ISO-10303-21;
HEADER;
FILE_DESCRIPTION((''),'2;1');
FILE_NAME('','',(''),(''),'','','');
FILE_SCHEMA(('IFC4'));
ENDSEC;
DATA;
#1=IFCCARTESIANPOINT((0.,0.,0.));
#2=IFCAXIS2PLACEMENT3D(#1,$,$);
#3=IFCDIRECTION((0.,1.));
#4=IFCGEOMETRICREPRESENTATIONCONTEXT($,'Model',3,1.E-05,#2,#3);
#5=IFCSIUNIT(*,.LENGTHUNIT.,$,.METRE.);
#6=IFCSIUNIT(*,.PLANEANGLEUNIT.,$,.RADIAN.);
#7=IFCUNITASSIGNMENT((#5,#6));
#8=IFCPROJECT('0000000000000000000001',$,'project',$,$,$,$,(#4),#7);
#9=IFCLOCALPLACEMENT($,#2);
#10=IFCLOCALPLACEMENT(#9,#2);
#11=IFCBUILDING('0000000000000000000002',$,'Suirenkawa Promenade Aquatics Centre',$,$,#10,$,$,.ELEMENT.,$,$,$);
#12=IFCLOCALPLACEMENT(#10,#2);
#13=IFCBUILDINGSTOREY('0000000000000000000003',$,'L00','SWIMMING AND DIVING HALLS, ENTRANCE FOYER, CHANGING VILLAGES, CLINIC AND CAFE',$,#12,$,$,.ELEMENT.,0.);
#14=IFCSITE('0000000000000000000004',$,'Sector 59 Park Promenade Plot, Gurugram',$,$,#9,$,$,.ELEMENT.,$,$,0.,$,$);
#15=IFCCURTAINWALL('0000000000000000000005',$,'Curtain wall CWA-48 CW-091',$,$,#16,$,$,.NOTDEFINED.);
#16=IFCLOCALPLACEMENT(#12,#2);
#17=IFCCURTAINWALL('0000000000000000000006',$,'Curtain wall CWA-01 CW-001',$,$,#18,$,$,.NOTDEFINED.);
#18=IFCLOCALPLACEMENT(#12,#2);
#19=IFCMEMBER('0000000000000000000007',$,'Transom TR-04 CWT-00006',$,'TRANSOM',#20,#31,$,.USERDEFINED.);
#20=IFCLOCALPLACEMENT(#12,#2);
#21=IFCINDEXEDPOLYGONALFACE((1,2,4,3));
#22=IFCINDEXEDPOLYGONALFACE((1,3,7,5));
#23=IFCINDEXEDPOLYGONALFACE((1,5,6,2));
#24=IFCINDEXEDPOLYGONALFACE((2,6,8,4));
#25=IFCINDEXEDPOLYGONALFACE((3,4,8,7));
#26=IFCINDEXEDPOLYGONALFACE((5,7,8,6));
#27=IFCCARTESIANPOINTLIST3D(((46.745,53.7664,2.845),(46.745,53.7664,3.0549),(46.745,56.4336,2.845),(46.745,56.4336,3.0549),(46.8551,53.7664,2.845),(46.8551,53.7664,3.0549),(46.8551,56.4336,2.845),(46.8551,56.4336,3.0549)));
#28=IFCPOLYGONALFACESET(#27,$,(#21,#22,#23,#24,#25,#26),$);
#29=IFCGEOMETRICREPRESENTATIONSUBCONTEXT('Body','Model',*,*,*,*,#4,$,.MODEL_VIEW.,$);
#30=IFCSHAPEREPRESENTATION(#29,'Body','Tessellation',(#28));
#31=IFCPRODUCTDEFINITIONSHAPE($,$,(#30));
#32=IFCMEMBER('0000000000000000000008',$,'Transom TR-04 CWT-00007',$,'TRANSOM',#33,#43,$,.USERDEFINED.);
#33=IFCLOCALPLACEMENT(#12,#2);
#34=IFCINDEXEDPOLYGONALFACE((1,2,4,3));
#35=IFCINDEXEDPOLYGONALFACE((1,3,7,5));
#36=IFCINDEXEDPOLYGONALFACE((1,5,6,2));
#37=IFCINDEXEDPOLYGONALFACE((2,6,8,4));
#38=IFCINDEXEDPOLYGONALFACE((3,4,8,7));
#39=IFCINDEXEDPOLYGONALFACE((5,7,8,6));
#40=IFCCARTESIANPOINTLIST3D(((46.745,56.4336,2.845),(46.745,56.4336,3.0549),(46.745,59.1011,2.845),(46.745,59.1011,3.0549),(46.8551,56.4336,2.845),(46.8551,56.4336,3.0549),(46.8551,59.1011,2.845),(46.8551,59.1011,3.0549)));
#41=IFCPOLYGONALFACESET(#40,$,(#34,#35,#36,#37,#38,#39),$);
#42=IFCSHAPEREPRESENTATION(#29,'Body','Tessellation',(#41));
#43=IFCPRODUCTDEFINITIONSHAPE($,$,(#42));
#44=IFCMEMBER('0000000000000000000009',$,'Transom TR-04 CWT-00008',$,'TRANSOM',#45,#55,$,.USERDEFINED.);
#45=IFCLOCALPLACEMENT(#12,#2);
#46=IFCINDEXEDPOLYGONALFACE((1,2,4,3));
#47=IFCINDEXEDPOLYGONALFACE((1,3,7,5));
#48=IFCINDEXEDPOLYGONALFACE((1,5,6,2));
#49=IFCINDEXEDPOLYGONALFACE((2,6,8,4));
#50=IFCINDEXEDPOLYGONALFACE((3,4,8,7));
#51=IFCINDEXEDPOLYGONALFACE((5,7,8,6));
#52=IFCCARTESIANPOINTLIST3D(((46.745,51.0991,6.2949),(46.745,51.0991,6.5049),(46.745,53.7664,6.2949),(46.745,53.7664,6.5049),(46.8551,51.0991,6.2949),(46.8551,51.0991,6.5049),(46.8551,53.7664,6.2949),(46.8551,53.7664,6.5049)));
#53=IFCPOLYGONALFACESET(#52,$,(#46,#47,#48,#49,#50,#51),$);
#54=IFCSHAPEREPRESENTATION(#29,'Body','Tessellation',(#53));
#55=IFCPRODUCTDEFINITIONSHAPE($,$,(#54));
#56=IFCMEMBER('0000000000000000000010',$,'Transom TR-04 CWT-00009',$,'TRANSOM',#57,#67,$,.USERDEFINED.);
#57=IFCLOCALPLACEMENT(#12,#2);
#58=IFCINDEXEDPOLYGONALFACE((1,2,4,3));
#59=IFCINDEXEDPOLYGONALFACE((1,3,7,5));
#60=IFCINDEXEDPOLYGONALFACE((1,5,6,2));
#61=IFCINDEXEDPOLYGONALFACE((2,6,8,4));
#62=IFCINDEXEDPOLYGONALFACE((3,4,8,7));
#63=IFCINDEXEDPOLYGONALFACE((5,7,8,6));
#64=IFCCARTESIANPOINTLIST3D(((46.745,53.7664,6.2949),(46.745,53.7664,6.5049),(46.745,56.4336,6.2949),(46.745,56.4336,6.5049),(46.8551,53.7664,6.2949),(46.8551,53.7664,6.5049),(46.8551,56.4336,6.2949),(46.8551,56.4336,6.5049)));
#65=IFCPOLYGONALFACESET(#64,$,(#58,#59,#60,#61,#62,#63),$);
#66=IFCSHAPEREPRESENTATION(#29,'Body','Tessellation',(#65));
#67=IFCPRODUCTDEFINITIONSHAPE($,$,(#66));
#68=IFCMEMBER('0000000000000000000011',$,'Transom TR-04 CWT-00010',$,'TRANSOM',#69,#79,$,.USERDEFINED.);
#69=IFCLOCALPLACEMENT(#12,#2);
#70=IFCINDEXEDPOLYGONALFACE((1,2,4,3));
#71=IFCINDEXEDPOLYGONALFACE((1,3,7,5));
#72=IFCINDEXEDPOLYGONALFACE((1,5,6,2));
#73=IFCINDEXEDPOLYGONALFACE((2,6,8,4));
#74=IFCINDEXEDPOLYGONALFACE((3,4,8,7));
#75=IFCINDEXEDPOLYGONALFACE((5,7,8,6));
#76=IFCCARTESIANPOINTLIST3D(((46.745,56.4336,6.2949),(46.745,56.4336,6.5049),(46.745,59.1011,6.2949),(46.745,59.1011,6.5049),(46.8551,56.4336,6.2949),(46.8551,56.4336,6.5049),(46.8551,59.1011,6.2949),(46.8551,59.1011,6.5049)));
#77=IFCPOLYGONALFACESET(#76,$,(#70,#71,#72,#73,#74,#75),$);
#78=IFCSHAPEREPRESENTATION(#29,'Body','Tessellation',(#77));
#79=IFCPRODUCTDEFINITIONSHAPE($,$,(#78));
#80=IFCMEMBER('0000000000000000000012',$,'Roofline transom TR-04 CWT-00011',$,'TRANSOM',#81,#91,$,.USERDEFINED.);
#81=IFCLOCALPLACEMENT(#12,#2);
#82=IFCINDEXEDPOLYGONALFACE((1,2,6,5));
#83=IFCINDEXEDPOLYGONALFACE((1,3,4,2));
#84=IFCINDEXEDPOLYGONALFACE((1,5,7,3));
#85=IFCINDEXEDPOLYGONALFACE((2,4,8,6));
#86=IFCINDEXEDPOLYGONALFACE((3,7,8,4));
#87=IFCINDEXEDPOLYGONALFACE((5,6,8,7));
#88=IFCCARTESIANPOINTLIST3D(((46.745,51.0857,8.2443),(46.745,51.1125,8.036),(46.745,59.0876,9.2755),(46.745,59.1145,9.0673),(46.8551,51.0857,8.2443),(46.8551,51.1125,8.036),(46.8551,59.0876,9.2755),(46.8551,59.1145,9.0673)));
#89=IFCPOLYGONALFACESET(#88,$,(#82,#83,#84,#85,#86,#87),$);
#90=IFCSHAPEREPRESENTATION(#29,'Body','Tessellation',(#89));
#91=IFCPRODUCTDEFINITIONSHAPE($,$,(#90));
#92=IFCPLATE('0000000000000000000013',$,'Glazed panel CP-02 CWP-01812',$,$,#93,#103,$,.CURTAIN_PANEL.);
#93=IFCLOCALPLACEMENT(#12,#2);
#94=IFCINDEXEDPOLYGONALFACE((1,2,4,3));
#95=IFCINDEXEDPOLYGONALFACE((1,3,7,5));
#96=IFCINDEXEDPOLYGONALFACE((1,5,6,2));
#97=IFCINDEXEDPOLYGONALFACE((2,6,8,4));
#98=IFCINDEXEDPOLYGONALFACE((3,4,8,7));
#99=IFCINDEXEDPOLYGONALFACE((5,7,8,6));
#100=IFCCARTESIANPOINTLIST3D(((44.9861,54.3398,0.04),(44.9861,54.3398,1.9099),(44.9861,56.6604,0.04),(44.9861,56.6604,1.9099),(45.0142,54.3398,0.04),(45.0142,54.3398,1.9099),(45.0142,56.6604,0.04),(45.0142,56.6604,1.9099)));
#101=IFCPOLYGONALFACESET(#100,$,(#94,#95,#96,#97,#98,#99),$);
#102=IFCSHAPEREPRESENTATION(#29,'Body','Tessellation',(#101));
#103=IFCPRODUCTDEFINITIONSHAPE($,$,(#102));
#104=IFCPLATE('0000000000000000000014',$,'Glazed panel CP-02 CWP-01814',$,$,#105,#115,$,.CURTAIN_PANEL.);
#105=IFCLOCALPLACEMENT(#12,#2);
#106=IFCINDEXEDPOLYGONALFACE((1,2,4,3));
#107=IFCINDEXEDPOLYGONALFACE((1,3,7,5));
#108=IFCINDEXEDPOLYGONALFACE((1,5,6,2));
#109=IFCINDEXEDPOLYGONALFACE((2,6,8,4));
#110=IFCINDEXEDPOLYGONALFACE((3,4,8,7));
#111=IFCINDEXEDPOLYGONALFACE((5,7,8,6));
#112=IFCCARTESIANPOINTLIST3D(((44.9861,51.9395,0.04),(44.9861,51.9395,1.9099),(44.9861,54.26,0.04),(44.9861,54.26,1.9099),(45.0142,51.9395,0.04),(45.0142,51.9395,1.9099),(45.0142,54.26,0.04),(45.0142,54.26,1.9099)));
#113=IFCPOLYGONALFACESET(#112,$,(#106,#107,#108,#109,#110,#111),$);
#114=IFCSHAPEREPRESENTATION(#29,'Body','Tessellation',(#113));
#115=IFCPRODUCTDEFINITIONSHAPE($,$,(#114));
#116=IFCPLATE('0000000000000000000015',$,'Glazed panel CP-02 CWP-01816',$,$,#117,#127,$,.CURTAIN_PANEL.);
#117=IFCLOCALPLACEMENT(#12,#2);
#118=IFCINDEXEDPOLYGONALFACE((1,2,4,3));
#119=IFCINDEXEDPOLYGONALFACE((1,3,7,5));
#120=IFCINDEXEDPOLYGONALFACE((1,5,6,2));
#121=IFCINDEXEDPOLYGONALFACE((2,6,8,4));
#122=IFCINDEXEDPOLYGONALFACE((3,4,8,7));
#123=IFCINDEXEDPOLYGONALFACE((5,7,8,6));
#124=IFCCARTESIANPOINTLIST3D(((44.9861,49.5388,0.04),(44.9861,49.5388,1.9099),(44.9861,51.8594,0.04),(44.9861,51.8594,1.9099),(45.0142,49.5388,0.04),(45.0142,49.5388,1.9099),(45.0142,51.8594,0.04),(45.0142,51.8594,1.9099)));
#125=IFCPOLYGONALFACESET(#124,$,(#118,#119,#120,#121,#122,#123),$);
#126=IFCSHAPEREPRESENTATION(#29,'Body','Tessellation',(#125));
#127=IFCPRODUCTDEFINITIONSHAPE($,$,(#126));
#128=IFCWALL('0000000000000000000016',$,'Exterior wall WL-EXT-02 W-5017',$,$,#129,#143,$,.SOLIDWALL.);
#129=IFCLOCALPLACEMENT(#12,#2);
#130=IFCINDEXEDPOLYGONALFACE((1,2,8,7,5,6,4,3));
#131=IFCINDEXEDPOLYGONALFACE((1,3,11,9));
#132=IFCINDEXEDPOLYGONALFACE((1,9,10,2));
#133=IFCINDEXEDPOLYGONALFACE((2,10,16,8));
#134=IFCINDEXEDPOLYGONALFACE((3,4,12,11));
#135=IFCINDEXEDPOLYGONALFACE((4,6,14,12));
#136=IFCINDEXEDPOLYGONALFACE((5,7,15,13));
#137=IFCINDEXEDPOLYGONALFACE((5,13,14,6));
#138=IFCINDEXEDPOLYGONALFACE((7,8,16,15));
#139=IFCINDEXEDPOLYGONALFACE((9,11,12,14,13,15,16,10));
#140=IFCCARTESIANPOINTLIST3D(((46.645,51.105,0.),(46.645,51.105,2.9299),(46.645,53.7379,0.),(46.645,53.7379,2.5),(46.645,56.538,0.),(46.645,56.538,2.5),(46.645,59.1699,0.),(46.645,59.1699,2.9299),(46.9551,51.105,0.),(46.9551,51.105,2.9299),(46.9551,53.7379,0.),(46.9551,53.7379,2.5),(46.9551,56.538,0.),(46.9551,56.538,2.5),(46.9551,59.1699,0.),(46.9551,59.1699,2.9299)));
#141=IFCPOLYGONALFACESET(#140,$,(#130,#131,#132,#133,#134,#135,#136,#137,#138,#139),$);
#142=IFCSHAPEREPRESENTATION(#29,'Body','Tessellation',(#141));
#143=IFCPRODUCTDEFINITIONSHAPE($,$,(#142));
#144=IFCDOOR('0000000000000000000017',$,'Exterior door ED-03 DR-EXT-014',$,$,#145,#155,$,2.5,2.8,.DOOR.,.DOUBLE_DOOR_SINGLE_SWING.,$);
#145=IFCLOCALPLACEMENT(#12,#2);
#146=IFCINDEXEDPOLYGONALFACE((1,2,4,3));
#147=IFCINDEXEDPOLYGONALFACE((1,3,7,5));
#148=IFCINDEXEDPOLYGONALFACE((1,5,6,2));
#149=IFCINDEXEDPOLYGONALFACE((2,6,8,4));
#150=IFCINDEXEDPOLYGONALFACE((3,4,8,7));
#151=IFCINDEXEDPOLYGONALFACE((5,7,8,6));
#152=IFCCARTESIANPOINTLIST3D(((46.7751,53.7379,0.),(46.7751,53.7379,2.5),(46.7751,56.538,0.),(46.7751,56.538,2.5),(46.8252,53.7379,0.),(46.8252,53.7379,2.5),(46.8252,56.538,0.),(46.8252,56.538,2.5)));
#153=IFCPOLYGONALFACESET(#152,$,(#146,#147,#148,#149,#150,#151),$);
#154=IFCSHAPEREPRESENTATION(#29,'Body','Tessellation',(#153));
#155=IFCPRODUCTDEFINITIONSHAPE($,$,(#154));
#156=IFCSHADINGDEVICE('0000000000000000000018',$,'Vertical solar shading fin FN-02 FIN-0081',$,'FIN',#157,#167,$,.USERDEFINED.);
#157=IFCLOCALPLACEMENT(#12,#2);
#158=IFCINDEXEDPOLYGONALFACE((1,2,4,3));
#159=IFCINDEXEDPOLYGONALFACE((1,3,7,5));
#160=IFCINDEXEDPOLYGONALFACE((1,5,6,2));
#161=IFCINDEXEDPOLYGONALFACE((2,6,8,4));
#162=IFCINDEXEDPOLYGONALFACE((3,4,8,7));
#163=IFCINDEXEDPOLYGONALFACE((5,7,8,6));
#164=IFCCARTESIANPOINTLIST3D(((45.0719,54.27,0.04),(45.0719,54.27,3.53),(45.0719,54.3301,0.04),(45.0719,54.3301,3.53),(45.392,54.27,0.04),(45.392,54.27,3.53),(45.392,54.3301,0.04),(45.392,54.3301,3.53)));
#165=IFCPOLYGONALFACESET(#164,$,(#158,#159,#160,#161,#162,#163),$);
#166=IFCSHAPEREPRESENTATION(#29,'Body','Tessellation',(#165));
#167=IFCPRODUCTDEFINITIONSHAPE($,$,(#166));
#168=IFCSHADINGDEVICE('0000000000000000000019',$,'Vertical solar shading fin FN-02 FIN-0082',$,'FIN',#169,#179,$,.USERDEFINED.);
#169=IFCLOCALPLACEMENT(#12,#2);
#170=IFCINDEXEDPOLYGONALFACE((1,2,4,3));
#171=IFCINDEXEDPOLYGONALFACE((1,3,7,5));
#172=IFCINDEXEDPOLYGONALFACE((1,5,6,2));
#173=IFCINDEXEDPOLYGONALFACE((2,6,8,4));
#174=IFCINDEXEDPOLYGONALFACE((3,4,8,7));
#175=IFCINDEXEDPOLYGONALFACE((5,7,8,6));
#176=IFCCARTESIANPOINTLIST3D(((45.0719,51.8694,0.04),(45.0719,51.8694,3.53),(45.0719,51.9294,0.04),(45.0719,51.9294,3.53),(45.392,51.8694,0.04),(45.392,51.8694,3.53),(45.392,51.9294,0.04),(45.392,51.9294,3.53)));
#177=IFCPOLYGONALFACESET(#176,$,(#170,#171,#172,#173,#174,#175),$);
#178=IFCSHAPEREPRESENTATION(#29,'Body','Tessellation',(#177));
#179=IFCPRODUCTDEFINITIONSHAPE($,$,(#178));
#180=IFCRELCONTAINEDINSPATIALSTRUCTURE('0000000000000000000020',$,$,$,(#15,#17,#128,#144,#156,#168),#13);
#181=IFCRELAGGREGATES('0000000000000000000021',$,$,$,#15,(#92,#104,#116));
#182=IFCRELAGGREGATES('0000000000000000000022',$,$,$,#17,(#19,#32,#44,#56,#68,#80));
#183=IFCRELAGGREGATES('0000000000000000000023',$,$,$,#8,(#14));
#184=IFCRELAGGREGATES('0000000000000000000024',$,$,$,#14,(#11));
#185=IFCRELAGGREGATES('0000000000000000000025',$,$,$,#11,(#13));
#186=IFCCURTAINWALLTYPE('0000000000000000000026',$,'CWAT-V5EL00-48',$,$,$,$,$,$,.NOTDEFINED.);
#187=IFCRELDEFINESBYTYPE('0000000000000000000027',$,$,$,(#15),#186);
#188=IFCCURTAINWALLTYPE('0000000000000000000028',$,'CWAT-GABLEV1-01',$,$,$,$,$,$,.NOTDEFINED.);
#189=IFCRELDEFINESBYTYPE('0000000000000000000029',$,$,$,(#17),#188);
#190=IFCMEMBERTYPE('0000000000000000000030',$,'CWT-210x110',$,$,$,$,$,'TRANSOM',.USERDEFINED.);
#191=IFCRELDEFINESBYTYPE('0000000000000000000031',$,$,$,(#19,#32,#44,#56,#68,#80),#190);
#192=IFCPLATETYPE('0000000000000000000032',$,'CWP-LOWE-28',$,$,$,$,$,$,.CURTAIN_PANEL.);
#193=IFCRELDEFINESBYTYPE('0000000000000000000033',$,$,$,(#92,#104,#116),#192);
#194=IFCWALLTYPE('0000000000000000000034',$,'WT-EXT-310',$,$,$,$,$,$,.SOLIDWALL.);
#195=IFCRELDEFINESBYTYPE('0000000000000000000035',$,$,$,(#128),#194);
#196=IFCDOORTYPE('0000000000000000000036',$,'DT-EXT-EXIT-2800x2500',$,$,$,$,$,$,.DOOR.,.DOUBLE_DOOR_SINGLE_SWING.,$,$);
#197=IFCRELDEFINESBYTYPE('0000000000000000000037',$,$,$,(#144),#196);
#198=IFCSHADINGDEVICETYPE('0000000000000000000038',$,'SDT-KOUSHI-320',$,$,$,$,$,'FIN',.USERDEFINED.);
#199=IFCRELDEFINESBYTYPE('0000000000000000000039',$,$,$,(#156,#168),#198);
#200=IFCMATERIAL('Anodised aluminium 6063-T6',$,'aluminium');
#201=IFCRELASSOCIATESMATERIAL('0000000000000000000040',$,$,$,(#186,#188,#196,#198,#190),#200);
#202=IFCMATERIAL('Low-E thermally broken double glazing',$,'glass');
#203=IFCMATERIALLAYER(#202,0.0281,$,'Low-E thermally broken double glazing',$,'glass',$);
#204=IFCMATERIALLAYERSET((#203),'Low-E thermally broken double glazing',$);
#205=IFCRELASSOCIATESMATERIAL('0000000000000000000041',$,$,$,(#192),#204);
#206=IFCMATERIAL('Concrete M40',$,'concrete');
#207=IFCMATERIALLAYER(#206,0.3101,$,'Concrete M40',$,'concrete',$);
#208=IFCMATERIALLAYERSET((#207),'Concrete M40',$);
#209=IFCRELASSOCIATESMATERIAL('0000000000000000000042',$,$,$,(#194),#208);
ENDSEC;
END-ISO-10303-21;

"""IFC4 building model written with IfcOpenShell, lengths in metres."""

from ifc_helpers import new_model, si_unit, direction, frame, frame_2d, origin, origin_2d, place, context, subcontext, project, spatial, polyline, rectangle, outline, extrude, material, layer, layer_set, material_profile, profile_set, type_object, element, fill, aggregate, save


model = new_model("IFC4")

# Units and contexts
model_context = context("Model", 3, precision=1e-05, world=origin(), true_north=direction((0.0, 1.0)))
body_context = subcontext(model_context, "Body", "Model", "MODEL_VIEW")
ifc_project = project(units=[si_unit("LENGTHUNIT", "METRE"), si_unit("PLANEANGLEUNIT", "RADIAN")], contexts=[model_context])

# Site, building, storey
site_placement = place(None, origin())
site = spatial("IfcSite", under=ifc_project, at=site_placement, Name="Sector 59 Park Promenade Plot, Gurugram", CompositionType="ELEMENT", RefElevation=0.0)
building_placement = place(site_placement, origin())
building = spatial("IfcBuilding", under=site, at=building_placement, Name="Suirenkawa Promenade Aquatics Centre", CompositionType="ELEMENT")
storey_placement = place(building_placement, origin())
storey = spatial("IfcBuildingStorey", under=building, at=storey_placement, Name="L00", Description="SWIMMING AND DIVING HALLS, ENTRANCE FOYER, CHANGING VILLAGES, CLINIC AND CAFE", CompositionType="ELEMENT", Elevation=0.0)

# Curtain walls
ifc_material_1 = material(Name="Anodised aluminium 6063-T6", Category="aluminium")
curtain_wall_type_1 = type_object("IfcCurtainWallType", Name="CWAT-V5EL00-48", PredefinedType="NOTDEFINED", material=ifc_material_1)
curtain_wall_1_placement = place(storey_placement, origin())
curtain_wall_1 = element("IfcCurtainWall", 1, at=curtain_wall_1_placement, inside=storey, type_object=curtain_wall_type_1, Name="Curtain wall CWA-48 CW-091", PredefinedType="NOTDEFINED")
curtain_wall_type_2 = type_object("IfcCurtainWallType", Name="CWAT-GABLEV1-01", PredefinedType="NOTDEFINED", material=ifc_material_1)
curtain_wall_2_placement = place(storey_placement, origin())
curtain_wall_2 = element("IfcCurtainWall", 2, at=curtain_wall_2_placement, inside=storey, type_object=curtain_wall_type_2, Name="Curtain wall CWA-01 CW-001", PredefinedType="NOTDEFINED")

# Members
ifc_material_profile_1 = material_profile(ifc_material_1, rectangle(XDim=0.1101, YDim=0.21, at=origin_2d()), Name="ALU TRAN 110x210", Category="aluminium")
ifc_profile_set_1 = profile_set([ifc_material_profile_1], Name="Anodised aluminium 6063-T6")
member_type_1 = type_object("IfcMemberType", Name="CWT-210x110", ElementType="TRANSOM", PredefinedType="USERDEFINED", material=ifc_profile_set_1)
member_1_placement = place(storey_placement, frame((46.8, 53.7664, 2.95), z_axis=(0.0, 1.0, 0.0), x_axis=(-1.0, 0.0, 0.0)))
member_1 = element("IfcMember", 3, at=member_1_placement, type_object=member_type_1, Name="Transom TR-04 CWT-00006", ObjectType="TRANSOM", PredefinedType="USERDEFINED", context=body_context, shape_type="SweptSolid", body=[
    extrude(rectangle(XDim=0.1101, YDim=0.21, at=origin_2d()), origin(), (0.0, 0.0, 1.0), 2.6672),
])
member_2_placement = place(storey_placement, frame((46.8, 56.4336, 2.95), z_axis=(0.0, 1.0, 0.0), x_axis=(-1.0, 0.0, 0.0)))
member_2 = element("IfcMember", 4, at=member_2_placement, type_object=member_type_1, Name="Transom TR-04 CWT-00007", ObjectType="TRANSOM", PredefinedType="USERDEFINED", context=body_context, shape_type="SweptSolid", body=[
    extrude(rectangle(XDim=0.1101, YDim=0.21, at=origin_2d()), origin(), (0.0, 0.0, 1.0), 2.6675),
])
member_3_placement = place(storey_placement, frame((46.8, 51.0991, 6.3999), z_axis=(0.0, 1.0, 0.0), x_axis=(-1.0, 0.0, 0.0)))
member_3 = element("IfcMember", 5, at=member_3_placement, type_object=member_type_1, Name="Transom TR-04 CWT-00008", ObjectType="TRANSOM", PredefinedType="USERDEFINED", context=body_context, shape_type="SweptSolid", body=[
    extrude(rectangle(XDim=0.1101, YDim=0.21, at=origin_2d()), origin(), (0.0, 0.0, 1.0), 2.6672),
])
member_4_placement = place(storey_placement, frame((46.8, 53.7664, 6.3999), z_axis=(0.0, 1.0, 0.0), x_axis=(-1.0, 0.0, 0.0)))
member_4 = element("IfcMember", 6, at=member_4_placement, type_object=member_type_1, Name="Transom TR-04 CWT-00009", ObjectType="TRANSOM", PredefinedType="USERDEFINED", context=body_context, shape_type="SweptSolid", body=[
    extrude(rectangle(XDim=0.1101, YDim=0.21, at=origin_2d()), origin(), (0.0, 0.0, 1.0), 2.6672),
])
member_5_placement = place(storey_placement, frame((46.8, 56.4336, 6.3999), z_axis=(0.0, 1.0, 0.0), x_axis=(-1.0, 0.0, 0.0)))
member_5 = element("IfcMember", 7, at=member_5_placement, type_object=member_type_1, Name="Transom TR-04 CWT-00010", ObjectType="TRANSOM", PredefinedType="USERDEFINED", context=body_context, shape_type="SweptSolid", body=[
    extrude(rectangle(XDim=0.1101, YDim=0.21, at=origin_2d()), origin(), (0.0, 0.0, 1.0), 2.6675),
])
member_6_placement = place(storey_placement, frame((46.8, 51.0991, 8.1401), z_axis=(0.0, 0.991798, 0.127818), x_axis=(-1.0, 0.0, 0.0)))
member_6 = element("IfcMember", 8, at=member_6_placement, type_object=member_type_1, Name="Roofline transom TR-04 CWT-00011", ObjectType="TRANSOM", PredefinedType="USERDEFINED", context=body_context, shape_type="SweptSolid", body=[
    extrude(rectangle(XDim=0.1101, YDim=0.21, at=origin_2d()), origin(), (0.0, 0.0, 1.0), 8.0681),
])

# Plates
ifc_material_2 = material(Name="Low-E thermally broken double glazing", Category="glass")
ifc_layer_1 = layer(ifc_material_2, 0.0281, Name="Low-E thermally broken double glazing", Category="glass")
ifc_layer_set_1 = layer_set([ifc_layer_1], Name="Low-E thermally broken double glazing")
plate_type_1 = type_object("IfcPlateType", Name="CWP-LOWE-28", PredefinedType="CURTAIN_PANEL", material=ifc_layer_set_1)
plate_1_placement = place(storey_placement, frame((45.0, 56.7004, 0.04), z_axis=(0.0, 0.0, 1.0), x_axis=(0.0, -1.0, 0.0)))
plate_1 = element("IfcPlate", 9, at=plate_1_placement, type_object=plate_type_1, Name="Glazed panel CP-02 CWP-01812", PredefinedType="CURTAIN_PANEL", context=body_context, shape_type="SweptSolid", body=[
    extrude(outline(polyline([(0.04, 0.0), (2.3606, 0.0), (2.3606, 1.8699), (0.04, 1.8699), (0.04, 0.0)])), frame((0.0, 0.0142, 0.0), z_axis=(0.0, -1.0, 0.0), x_axis=(1.0, 0.0, 0.0)), (0.0, 0.0, 1.0), 0.0281),
])
plate_2_placement = place(storey_placement, frame((45.0, 54.3, 0.04), z_axis=(0.0, 0.0, 1.0), x_axis=(0.0, -1.0, 0.0)))
plate_2 = element("IfcPlate", 10, at=plate_2_placement, type_object=plate_type_1, Name="Glazed panel CP-02 CWP-01814", PredefinedType="CURTAIN_PANEL", context=body_context, shape_type="SweptSolid", body=[
    extrude(outline(polyline([(0.04, 0.0), (2.3606, 0.0), (2.3606, 1.8699), (0.04, 1.8699), (0.04, 0.0)])), frame((0.0, 0.0142, 0.0), z_axis=(0.0, -1.0, 0.0), x_axis=(1.0, 0.0, 0.0)), (0.0, 0.0, 1.0), 0.0281),
])
plate_3_placement = place(storey_placement, frame((45.0, 51.8994, 0.04), z_axis=(0.0, 0.0, 1.0), x_axis=(0.0, -1.0, 0.0)))
plate_3 = element("IfcPlate", 11, at=plate_3_placement, type_object=plate_type_1, Name="Glazed panel CP-02 CWP-01816", PredefinedType="CURTAIN_PANEL", context=body_context, shape_type="SweptSolid", body=[
    extrude(outline(polyline([(0.04, 0.0), (2.3606, 0.0), (2.3606, 1.8699), (0.04, 1.8699), (0.04, 0.0)])), frame((0.0, 0.0142, 0.0), z_axis=(0.0, -1.0, 0.0), x_axis=(1.0, 0.0, 0.0)), (0.0, 0.0, 1.0), 0.0281),
])
aggregate(curtain_wall_1, [plate_1, plate_2, plate_3])
aggregate(curtain_wall_2, [member_1, member_2, member_3, member_4, member_5, member_6])

# Wall, opening, door
ifc_material_3 = material(Name="Concrete M40", Category="concrete")
ifc_layer_2 = layer(ifc_material_3, 0.3101, Name="Concrete M40", Category="concrete")
ifc_layer_set_2 = layer_set([ifc_layer_2], Name="Concrete M40")
wall_type = type_object("IfcWallType", Name="WT-EXT-310", PredefinedType="SOLIDWALL", material=ifc_layer_set_2)
wall_placement = place(storey_placement, frame((46.8, 51.105, 0.0), z_axis=(0.0, 0.0, 1.0), x_axis=(0.0, 1.0, 0.0)))
wall = element("IfcWall", 12, at=wall_placement, inside=storey, type_object=wall_type, Name="Exterior wall WL-EXT-02 W-5017", PredefinedType="SOLIDWALL", context=body_context, shape_type="SweptSolid", body=[
    extrude(rectangle(XDim=8.0649, YDim=0.3101, at=frame_2d((4.0325, 0.0))), origin(), (0.0, 0.0, 1.0), 2.9299),
])
opening_placement = place(wall_placement, frame((2.6331, 0.0, 0.0)))
opening = element("IfcOpeningElement", 13, at=opening_placement, cuts=wall, PredefinedType="OPENING", context=body_context, shape_type="SweptSolid", body=[
    extrude(rectangle(XDim=2.8, YDim=2.5, at=frame_2d((1.3999, 1.25))), frame((0.0, 0.165, 0.0), z_axis=(0.0, -1.0, 0.0), x_axis=(1.0, 0.0, 0.0)), (0.0, 0.0, 1.0), 0.3301),
])
door_type = type_object("IfcDoorType", Name="DT-EXT-EXIT-2800x2500", OperationType="DOUBLE_DOOR_SINGLE_SWING", PredefinedType="DOOR", material=ifc_material_1)
door_placement = place(opening_placement, origin())
door = element("IfcDoor", 14, at=door_placement, inside=storey, type_object=door_type, Name="Exterior door ED-03 DR-EXT-014", OperationType="DOUBLE_DOOR_SINGLE_SWING", OverallHeight=2.5, OverallWidth=2.8, PredefinedType="DOOR", context=body_context, shape_type="SweptSolid", body=[
    extrude(rectangle(XDim=2.8, YDim=2.5, at=frame_2d((1.3999, 1.25))), frame((0.0, 0.0249, 0.0), z_axis=(0.0, -1.0, 0.0), x_axis=(1.0, 0.0, 0.0)), (0.0, 0.0, 1.0), 0.05),
])
fill(opening, door)

# Shading devices
shading_device_type_1 = type_object("IfcShadingDeviceType", Name="SDT-KOUSHI-320", ElementType="FIN", PredefinedType="USERDEFINED", material=ifc_material_1)
for number, where, z_axis, x_axis, name in (
    (15, (45.2319, 54.3, 0.04), (0.0, 0.0, 1.0), (1.0, 0.0, 0.0), "Vertical solar shading fin FN-02 FIN-0081"),
    (16, (45.2319, 51.8994, 0.04), (0.0, 0.0, 1.0), (1.0, 0.0, 0.0), "Vertical solar shading fin FN-02 FIN-0082"),
):
    element("IfcShadingDevice", number, at=place(storey_placement, frame(where, z_axis=z_axis, x_axis=x_axis)), inside=storey, type_object=shading_device_type_1, Name=name, ObjectType="FIN", PredefinedType="USERDEFINED", context=body_context, shape_type="SweptSolid", body=[
        extrude(rectangle(XDim=0.3201, YDim=0.0601, at=origin_2d()), origin(), (0.0, 0.0, 1.0), 3.49),
    ])

save(model, "model.ifc")
